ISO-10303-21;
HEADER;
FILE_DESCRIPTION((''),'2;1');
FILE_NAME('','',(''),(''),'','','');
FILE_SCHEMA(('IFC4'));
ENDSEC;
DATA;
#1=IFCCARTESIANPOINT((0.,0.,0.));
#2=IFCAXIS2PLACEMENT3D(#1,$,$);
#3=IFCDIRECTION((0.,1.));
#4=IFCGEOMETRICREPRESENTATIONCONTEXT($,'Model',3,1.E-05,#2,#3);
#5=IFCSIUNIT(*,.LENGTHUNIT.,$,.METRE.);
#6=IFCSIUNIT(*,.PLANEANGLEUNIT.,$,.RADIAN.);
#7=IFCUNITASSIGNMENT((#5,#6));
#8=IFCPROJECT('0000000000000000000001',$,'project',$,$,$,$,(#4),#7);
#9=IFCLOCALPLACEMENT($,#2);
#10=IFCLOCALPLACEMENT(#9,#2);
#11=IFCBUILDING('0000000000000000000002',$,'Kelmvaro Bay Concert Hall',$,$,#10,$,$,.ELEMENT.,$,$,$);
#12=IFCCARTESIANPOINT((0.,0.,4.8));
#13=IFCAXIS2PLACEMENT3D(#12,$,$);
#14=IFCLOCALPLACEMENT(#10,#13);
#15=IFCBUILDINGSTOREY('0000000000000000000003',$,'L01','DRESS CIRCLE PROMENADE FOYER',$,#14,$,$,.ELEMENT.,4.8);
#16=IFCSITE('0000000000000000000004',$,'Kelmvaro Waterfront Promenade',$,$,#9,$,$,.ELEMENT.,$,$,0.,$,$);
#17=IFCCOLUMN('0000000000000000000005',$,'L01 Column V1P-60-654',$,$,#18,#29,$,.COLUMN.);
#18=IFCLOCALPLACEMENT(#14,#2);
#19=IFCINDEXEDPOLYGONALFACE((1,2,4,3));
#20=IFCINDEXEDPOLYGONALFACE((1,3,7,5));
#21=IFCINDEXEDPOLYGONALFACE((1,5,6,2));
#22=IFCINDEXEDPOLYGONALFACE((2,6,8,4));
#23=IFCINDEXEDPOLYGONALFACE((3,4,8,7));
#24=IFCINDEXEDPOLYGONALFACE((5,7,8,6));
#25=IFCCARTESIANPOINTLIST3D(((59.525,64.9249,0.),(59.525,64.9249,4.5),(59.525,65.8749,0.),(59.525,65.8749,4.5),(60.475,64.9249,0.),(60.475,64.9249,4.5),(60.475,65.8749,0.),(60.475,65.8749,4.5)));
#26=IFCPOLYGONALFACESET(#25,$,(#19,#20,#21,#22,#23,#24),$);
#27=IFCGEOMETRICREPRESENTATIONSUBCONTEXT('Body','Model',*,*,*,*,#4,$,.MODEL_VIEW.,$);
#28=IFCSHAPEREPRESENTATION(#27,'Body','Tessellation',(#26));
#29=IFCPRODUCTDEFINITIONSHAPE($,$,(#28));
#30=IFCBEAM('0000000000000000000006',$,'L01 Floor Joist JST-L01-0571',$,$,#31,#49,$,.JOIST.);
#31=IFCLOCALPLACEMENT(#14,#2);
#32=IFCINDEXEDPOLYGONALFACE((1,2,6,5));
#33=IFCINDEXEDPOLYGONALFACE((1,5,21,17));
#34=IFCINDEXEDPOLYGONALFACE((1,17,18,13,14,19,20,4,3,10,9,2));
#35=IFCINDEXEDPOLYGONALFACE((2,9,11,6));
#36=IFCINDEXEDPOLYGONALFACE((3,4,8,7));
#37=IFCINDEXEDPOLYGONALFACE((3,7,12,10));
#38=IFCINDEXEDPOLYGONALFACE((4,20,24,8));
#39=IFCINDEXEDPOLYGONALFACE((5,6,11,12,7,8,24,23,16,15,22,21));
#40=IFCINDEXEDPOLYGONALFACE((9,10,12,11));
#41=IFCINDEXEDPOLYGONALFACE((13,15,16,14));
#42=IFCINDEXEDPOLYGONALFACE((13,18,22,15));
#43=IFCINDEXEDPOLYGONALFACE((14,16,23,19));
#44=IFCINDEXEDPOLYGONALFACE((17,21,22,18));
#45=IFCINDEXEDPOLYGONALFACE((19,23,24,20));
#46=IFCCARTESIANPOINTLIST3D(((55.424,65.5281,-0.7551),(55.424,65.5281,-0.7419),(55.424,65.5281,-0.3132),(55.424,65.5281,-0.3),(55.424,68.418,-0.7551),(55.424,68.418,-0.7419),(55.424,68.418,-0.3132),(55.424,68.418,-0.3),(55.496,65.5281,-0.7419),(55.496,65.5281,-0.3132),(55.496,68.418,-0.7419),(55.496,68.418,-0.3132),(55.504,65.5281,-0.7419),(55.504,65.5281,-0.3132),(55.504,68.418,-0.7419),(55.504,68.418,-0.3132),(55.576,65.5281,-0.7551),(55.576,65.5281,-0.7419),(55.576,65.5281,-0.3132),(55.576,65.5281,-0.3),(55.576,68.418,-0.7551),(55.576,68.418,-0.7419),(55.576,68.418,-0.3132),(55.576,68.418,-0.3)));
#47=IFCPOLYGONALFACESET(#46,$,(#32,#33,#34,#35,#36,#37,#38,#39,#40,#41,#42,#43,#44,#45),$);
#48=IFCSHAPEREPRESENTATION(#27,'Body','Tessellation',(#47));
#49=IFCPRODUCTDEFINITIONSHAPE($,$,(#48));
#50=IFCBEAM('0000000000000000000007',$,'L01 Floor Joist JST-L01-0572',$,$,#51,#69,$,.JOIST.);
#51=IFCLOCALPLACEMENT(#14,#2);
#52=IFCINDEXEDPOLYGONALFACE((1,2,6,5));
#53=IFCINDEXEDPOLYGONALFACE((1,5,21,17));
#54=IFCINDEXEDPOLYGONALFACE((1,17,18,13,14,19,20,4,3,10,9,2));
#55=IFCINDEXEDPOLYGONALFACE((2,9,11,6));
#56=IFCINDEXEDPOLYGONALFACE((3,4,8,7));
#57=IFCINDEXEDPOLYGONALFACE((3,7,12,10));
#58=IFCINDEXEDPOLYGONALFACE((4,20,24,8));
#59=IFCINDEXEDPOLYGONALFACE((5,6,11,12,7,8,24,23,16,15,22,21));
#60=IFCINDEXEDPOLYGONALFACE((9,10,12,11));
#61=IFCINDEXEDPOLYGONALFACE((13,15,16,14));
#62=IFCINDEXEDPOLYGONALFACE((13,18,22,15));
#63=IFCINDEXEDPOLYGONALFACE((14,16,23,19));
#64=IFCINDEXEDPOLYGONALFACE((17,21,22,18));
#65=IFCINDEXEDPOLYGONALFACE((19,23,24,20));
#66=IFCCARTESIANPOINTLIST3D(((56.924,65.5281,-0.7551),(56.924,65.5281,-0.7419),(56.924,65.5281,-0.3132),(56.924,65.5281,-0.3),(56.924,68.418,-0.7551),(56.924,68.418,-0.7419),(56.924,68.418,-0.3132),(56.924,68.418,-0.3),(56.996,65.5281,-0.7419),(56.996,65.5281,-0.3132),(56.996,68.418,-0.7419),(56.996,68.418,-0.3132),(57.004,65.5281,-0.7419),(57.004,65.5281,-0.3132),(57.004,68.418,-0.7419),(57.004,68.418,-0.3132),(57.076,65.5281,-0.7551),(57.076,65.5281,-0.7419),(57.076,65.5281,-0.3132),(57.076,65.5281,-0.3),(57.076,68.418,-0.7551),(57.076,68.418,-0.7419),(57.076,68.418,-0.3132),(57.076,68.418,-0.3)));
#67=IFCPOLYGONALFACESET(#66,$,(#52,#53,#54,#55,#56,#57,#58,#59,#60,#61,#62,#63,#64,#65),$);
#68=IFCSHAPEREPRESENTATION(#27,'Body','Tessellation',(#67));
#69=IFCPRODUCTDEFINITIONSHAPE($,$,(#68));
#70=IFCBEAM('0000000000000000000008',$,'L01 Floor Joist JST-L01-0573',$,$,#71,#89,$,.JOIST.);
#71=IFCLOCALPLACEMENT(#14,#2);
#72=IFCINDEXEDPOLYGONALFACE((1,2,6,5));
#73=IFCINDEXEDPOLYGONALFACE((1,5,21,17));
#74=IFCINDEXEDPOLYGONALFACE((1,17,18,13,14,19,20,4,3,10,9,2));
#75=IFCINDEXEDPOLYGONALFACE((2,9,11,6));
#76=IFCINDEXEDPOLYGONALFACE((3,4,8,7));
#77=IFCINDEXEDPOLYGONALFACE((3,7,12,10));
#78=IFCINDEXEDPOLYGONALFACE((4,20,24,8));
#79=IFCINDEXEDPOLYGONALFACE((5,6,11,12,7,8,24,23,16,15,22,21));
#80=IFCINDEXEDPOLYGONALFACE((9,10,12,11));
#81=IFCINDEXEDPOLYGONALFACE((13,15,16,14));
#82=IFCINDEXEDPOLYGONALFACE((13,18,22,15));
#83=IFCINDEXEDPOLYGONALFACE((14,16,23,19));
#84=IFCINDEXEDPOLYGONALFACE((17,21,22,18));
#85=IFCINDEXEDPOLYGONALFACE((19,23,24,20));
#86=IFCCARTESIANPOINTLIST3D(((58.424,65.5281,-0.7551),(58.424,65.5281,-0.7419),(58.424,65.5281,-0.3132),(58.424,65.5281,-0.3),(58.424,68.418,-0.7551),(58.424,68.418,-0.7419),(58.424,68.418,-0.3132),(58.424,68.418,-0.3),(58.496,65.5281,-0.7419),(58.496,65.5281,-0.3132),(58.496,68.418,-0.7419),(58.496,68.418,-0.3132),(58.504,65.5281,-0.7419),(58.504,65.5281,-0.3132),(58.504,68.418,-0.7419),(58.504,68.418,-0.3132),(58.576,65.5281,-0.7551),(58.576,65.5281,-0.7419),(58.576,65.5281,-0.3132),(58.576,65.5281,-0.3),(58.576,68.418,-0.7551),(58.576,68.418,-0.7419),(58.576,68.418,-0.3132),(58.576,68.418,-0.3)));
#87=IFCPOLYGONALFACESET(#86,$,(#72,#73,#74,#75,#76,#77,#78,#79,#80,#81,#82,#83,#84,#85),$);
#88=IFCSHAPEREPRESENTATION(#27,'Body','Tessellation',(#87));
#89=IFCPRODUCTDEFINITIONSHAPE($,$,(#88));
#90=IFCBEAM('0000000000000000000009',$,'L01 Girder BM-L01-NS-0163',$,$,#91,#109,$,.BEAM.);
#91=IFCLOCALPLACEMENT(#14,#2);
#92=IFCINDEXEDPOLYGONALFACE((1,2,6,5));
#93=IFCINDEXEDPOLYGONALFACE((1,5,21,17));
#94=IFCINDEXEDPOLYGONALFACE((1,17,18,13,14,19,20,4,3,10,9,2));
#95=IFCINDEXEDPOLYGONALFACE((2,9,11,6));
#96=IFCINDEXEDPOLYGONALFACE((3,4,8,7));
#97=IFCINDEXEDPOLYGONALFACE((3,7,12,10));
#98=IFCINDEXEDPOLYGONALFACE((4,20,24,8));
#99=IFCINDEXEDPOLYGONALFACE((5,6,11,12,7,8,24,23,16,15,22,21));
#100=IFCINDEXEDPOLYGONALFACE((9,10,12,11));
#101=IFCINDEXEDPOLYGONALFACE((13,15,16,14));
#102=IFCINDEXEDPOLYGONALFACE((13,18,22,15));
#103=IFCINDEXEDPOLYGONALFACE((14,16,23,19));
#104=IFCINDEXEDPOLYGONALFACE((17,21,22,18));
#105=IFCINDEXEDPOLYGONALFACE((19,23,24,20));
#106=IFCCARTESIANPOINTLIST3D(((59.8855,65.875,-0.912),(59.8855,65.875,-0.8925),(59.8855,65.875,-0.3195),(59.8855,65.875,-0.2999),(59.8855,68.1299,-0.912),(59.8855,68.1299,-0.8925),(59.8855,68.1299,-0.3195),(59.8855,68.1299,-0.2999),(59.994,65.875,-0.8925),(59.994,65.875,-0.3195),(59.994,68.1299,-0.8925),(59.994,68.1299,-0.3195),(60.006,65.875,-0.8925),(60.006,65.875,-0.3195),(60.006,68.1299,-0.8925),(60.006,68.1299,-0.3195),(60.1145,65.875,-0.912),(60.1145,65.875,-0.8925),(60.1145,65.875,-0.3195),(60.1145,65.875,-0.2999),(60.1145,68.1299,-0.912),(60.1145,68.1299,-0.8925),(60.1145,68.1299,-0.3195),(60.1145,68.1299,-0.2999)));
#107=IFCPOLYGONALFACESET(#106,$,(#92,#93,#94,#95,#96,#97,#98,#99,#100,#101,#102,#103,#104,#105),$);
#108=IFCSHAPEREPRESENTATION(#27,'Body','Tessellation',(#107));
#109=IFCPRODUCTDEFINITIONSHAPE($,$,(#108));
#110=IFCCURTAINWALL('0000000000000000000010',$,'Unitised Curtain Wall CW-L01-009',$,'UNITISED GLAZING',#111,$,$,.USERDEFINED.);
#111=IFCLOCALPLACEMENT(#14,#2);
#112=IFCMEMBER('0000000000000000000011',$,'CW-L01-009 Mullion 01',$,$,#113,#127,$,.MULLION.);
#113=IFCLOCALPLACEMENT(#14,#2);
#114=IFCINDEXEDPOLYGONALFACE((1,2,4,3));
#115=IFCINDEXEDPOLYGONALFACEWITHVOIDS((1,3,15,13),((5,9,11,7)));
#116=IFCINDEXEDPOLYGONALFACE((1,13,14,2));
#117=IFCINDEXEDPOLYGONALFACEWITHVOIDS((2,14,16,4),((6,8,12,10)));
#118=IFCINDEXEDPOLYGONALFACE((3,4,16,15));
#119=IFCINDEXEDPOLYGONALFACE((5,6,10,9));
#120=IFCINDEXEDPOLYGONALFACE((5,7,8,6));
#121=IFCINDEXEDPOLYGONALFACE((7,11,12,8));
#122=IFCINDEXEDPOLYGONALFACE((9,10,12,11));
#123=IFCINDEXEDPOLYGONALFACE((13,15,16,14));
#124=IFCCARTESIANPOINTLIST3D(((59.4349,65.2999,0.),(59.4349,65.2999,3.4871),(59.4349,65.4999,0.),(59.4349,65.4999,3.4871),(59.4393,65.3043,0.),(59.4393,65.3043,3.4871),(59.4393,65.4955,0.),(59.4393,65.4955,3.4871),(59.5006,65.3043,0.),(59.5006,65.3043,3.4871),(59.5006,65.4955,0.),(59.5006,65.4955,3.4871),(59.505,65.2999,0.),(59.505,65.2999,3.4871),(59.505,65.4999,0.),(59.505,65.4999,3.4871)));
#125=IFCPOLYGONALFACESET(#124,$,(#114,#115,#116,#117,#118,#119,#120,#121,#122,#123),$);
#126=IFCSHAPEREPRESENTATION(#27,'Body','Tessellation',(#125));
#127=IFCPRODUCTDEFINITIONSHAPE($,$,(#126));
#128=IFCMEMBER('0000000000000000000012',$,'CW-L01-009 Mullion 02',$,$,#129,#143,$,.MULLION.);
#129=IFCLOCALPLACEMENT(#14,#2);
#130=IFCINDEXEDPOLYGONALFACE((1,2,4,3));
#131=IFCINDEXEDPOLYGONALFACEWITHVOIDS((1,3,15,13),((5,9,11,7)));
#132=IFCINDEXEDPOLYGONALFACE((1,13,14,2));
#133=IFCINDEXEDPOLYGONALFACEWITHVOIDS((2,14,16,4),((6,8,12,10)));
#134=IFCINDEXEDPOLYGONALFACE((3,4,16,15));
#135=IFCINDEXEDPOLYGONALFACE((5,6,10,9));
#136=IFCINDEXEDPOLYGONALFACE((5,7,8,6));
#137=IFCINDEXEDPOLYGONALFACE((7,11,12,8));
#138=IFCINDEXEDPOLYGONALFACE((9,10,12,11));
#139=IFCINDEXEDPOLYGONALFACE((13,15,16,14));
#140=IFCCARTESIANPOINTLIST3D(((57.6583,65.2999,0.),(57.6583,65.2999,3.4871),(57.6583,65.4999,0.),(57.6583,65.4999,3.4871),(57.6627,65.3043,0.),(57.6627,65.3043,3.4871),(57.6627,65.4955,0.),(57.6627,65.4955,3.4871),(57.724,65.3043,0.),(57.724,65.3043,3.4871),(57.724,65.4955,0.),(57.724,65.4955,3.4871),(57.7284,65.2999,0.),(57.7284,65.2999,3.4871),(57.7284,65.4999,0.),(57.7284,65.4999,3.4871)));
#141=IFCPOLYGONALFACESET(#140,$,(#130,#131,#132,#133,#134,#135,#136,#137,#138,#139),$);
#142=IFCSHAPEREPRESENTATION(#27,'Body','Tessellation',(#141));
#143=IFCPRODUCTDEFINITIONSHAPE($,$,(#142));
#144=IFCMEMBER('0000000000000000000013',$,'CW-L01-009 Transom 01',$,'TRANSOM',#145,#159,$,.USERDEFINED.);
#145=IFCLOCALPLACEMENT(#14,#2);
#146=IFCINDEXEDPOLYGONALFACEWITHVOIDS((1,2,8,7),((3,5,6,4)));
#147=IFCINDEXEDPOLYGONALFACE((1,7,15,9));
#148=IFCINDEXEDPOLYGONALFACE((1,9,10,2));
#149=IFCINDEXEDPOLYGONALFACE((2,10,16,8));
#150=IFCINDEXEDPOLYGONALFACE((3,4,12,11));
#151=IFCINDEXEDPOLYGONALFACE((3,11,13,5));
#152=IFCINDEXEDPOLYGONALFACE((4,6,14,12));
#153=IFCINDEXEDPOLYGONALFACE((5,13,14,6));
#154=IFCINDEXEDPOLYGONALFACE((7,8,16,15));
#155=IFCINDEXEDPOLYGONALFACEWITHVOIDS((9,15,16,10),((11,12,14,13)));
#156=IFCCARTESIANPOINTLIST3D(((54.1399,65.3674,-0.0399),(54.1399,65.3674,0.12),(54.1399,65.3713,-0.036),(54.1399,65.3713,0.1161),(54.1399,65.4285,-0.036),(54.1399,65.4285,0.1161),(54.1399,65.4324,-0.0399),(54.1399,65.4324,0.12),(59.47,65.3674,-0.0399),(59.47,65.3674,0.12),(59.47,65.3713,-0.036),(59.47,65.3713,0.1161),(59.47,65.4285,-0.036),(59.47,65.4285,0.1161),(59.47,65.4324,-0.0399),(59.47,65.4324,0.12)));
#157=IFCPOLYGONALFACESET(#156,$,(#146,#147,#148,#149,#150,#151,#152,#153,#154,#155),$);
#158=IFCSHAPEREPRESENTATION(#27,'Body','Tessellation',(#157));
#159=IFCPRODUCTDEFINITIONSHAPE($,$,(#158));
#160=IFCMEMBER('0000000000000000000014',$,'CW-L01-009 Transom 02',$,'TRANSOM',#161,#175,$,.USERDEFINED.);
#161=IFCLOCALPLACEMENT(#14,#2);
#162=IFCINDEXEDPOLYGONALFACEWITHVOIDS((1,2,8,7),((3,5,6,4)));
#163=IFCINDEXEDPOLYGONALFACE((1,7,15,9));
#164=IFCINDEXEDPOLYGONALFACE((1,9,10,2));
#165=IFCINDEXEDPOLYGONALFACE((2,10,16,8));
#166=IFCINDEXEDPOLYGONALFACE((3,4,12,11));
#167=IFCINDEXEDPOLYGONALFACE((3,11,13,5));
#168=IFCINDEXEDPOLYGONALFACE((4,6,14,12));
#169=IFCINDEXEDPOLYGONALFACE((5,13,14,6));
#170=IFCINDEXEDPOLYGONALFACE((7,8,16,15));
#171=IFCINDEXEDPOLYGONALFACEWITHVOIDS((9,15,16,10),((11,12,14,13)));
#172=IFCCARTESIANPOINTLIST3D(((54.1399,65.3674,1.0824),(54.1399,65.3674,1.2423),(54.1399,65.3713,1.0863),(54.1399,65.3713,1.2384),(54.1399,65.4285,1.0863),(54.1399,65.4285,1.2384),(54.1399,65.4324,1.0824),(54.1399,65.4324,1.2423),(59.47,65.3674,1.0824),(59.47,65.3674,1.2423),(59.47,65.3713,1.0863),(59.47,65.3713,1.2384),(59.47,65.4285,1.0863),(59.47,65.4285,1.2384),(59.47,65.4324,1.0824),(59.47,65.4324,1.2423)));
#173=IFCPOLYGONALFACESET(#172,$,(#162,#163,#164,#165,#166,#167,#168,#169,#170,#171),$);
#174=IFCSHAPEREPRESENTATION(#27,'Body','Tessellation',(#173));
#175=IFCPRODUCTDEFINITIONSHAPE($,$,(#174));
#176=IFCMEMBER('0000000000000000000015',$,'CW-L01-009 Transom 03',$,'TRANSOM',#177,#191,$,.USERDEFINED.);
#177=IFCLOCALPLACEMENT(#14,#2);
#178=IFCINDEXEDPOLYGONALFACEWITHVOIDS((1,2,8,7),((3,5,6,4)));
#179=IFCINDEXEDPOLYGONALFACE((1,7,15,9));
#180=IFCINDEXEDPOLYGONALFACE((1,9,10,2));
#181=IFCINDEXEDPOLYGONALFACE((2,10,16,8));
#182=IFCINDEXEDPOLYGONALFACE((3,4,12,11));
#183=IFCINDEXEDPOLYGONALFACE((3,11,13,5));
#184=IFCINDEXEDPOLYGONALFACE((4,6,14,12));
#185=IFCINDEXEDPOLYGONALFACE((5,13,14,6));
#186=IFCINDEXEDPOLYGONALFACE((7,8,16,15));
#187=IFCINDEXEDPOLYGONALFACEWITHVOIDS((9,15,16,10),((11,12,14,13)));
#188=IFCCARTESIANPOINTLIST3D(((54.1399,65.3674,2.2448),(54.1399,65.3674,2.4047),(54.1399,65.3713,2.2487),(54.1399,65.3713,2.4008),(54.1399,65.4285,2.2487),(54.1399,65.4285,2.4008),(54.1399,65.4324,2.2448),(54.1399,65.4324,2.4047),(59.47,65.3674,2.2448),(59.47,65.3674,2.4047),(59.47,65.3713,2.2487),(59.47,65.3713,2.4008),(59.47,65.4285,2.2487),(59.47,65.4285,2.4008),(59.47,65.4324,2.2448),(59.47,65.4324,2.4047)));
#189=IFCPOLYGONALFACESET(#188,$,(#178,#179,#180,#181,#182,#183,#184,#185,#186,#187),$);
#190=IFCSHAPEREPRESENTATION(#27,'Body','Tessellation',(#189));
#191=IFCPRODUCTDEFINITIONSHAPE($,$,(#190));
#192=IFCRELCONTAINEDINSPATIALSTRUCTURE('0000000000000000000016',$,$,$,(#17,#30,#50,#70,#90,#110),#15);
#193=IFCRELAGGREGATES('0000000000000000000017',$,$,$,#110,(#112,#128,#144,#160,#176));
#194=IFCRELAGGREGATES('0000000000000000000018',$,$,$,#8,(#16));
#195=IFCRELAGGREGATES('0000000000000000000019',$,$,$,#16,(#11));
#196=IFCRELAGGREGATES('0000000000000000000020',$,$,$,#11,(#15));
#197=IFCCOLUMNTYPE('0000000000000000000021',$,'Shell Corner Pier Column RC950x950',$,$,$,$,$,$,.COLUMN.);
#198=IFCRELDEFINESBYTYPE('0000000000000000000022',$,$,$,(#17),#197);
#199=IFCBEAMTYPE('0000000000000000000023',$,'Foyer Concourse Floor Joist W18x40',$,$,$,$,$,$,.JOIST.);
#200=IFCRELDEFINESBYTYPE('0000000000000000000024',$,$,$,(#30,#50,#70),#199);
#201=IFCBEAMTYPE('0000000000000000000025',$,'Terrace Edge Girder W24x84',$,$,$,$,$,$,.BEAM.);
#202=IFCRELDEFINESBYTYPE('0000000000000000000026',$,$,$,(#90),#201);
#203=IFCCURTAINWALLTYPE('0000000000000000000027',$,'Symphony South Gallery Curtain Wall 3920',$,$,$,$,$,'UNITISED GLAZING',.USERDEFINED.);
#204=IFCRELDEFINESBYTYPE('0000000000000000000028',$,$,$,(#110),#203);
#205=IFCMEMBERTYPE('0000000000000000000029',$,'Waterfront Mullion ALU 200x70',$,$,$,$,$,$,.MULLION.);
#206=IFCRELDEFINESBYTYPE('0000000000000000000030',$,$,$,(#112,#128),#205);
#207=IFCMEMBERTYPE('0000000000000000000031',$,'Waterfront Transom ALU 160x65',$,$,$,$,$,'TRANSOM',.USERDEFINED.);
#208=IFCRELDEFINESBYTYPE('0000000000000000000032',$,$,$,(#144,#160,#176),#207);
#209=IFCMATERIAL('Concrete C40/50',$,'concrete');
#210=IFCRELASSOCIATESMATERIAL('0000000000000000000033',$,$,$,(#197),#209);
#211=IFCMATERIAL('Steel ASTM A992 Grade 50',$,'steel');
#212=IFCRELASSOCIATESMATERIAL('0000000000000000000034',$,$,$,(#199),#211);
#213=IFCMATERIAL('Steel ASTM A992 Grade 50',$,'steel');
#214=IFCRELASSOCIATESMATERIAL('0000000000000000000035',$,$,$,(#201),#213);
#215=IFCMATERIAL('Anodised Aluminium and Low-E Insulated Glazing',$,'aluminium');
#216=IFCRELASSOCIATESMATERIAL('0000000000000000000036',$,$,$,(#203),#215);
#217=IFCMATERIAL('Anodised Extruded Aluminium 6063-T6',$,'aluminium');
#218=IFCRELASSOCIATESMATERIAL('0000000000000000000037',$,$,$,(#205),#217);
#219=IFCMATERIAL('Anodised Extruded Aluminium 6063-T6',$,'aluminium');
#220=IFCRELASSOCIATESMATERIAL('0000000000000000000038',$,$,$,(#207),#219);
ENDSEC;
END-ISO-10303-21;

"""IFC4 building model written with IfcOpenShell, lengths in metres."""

from ifc_helpers import new_model, si_unit, direction, frame, origin, origin_2d, place, context, subcontext, project, spatial, rectangle, hollow_rectangle, i_section, extrude, material, material_profile, profile_set, type_object, element, aggregate, save


model = new_model("IFC4")

# Units and contexts
model_context = context("Model", 3, precision=1e-05, world=origin(), true_north=direction((0.0, 1.0)))
body_context = subcontext(model_context, "Body", "Model", "MODEL_VIEW")
ifc_project = project(units=[si_unit("LENGTHUNIT", "METRE"), si_unit("PLANEANGLEUNIT", "RADIAN")], contexts=[model_context])

# Site, building, storey
site_placement = place(None, origin())
site = spatial("IfcSite", under=ifc_project, at=site_placement, Name="Kelmvaro Waterfront Promenade", CompositionType="ELEMENT", RefElevation=0.0)
building_placement = place(site_placement, origin())
building = spatial("IfcBuilding", under=site, at=building_placement, Name="Kelmvaro Bay Concert Hall", CompositionType="ELEMENT")
storey_placement = place(building_placement, frame((0.0, 0.0, 4.8)))
storey = spatial("IfcBuildingStorey", under=building, at=storey_placement, Name="L01", Description="DRESS CIRCLE PROMENADE FOYER", CompositionType="ELEMENT", Elevation=4.8)

# Column
ifc_material_1 = material(Name="Concrete C40/50", Category="concrete")
ifc_material_profile_1 = material_profile(ifc_material_1, rectangle(XDim=0.95, YDim=0.95, at=origin_2d()), Name="RC-COL-950X950")
ifc_profile_set_1 = profile_set([ifc_material_profile_1], Name="Concrete C40/50")
column_type = type_object("IfcColumnType", Name="Shell Corner Pier Column RC950x950", PredefinedType="COLUMN", material=ifc_profile_set_1)
column_placement = place(storey_placement, frame((60.0, 65.3999, 0.0), z_axis=(0.0, 0.0, 1.0), x_axis=(1.0, 0.0, 0.0)))
element("IfcColumn", 1, at=column_placement, inside=storey, type_object=column_type, Name="L01 Column V1P-60-654", PredefinedType="COLUMN", context=body_context, shape_type="SweptSolid", body=[
    extrude(rectangle(XDim=0.95, YDim=0.95, at=origin_2d()), origin(), (0.0, 0.0, 1.0), 4.5),
])

# Beams
ifc_material_2 = material(Name="Steel ASTM A992 Grade 50", Category="steel")
ifc_material_profile_2 = material_profile(ifc_material_2, i_section(OverallWidth=0.1521, OverallDepth=0.4551, WebThickness=0.0081, FlangeThickness=0.0132, at=origin_2d()), Name="W18X40")
ifc_profile_set_2 = profile_set([ifc_material_profile_2], Name="Steel ASTM A992 Grade 50")
beam_type_1 = type_object("IfcBeamType", Name="Foyer Concourse Floor Joist W18x40", PredefinedType="JOIST", material=ifc_profile_set_2)
for number, where, z_axis, x_axis, name in (
    (2, (55.5, 65.5281, -0.5276), (0.0, 1.0, 0.0), (-1.0, 0.0, 0.0), "L01 Floor Joist JST-L01-0571"),
    (3, (57.0, 65.5281, -0.5276), (0.0, 1.0, 0.0), (-1.0, 0.0, 0.0), "L01 Floor Joist JST-L01-0572"),
    (4, (58.5, 65.5281, -0.5276), (0.0, 1.0, 0.0), (-1.0, 0.0, 0.0), "L01 Floor Joist JST-L01-0573"),
):
    element("IfcBeam", number, at=place(storey_placement, frame(where, z_axis=z_axis, x_axis=x_axis)), inside=storey, type_object=beam_type_1, Name=name, PredefinedType="JOIST", context=body_context, shape_type="SweptSolid", body=[
        extrude(i_section(OverallWidth=0.1521, OverallDepth=0.4551, WebThickness=0.0081, FlangeThickness=0.0132, at=origin_2d()), origin(), (0.0, 0.0, 1.0), 2.8899),
    ])
ifc_material_3 = material(Name="Steel ASTM A992 Grade 50", Category="steel")
ifc_material_profile_3 = material_profile(ifc_material_3, i_section(OverallWidth=0.229, OverallDepth=0.6121, WebThickness=0.012, FlangeThickness=0.0195, at=origin_2d()), Name="W24X84")
ifc_profile_set_3 = profile_set([ifc_material_profile_3], Name="Steel ASTM A992 Grade 50")
beam_type_2 = type_object("IfcBeamType", Name="Terrace Edge Girder W24x84", PredefinedType="BEAM", material=ifc_profile_set_3)
beam_placement = place(storey_placement, frame((60.0, 65.875, -0.606), z_axis=(0.0, 1.0, 0.0), x_axis=(-1.0, 0.0, 0.0)))
element("IfcBeam", 5, at=beam_placement, inside=storey, type_object=beam_type_2, Name="L01 Girder BM-L01-NS-0163", PredefinedType="BEAM", context=body_context, shape_type="SweptSolid", body=[
    extrude(i_section(OverallWidth=0.229, OverallDepth=0.6121, WebThickness=0.012, FlangeThickness=0.0195, at=origin_2d()), origin(), (0.0, 0.0, 1.0), 2.2549),
])

# Curtain wall, members
ifc_material_4 = material(Name="Anodised Aluminium and Low-E Insulated Glazing", Category="aluminium")
curtain_wall_type = type_object("IfcCurtainWallType", Name="Symphony South Gallery Curtain Wall 3920", ElementType="UNITISED GLAZING", PredefinedType="USERDEFINED", material=ifc_material_4)
curtain_wall_placement = place(storey_placement, origin())
curtain_wall = element("IfcCurtainWall", 6, at=curtain_wall_placement, inside=storey, type_object=curtain_wall_type, Name="Unitised Curtain Wall CW-L01-009", ObjectType="UNITISED GLAZING", PredefinedType="USERDEFINED")
ifc_material_5 = material(Name="Anodised Extruded Aluminium 6063-T6", Category="aluminium")
ifc_material_profile_4 = material_profile(ifc_material_5, hollow_rectangle(XDim=0.0701, YDim=0.2, WallThickness=0.0044, at=origin_2d()), Name="ALU-MUL-200X70")
ifc_profile_set_4 = profile_set([ifc_material_profile_4], Name="Anodised Extruded Aluminium 6063-T6")
member_type_1 = type_object("IfcMemberType", Name="Waterfront Mullion ALU 200x70", PredefinedType="MULLION", material=ifc_profile_set_4)
member_1_placement = place(storey_placement, frame((59.47, 65.3999, 0.0), z_axis=(0.0, 0.0, 1.0), x_axis=(1.0, 0.0, 0.0)))
member_1 = element("IfcMember", 7, at=member_1_placement, type_object=member_type_1, Name="CW-L01-009 Mullion 01", PredefinedType="MULLION", context=body_context, shape_type="SweptSolid", body=[
    extrude(hollow_rectangle(XDim=0.0701, YDim=0.2, WallThickness=0.0044, at=origin_2d()), origin(), (0.0, 0.0, 1.0), 3.4871),
])
member_2_placement = place(storey_placement, frame((57.6934, 65.3999, 0.0), z_axis=(0.0, 0.0, 1.0), x_axis=(1.0, 0.0, 0.0)))
member_2 = element("IfcMember", 8, at=member_2_placement, type_object=member_type_1, Name="CW-L01-009 Mullion 02", PredefinedType="MULLION", context=body_context, shape_type="SweptSolid", body=[
    extrude(hollow_rectangle(XDim=0.0701, YDim=0.2, WallThickness=0.0044, at=origin_2d()), origin(), (0.0, 0.0, 1.0), 3.4871),
])
ifc_material_6 = material(Name="Anodised Extruded Aluminium 6063-T6", Category="aluminium")
ifc_material_profile_5 = material_profile(ifc_material_6, hollow_rectangle(XDim=0.0649, YDim=0.1599, WallThickness=0.0039, at=origin_2d()), Name="ALU-TRN-160X65")
ifc_profile_set_5 = profile_set([ifc_material_profile_5], Name="Anodised Extruded Aluminium 6063-T6")
member_type_2 = type_object("IfcMemberType", Name="Waterfront Transom ALU 160x65", ElementType="TRANSOM", PredefinedType="USERDEFINED", material=ifc_profile_set_5)
member_3_placement = place(storey_placement, frame((59.47, 65.3999, 0.04), z_axis=(-1.0, 0.0, 0.0), x_axis=(0.0, -1.0, 0.0)))
member_3 = element("IfcMember", 9, at=member_3_placement, type_object=member_type_2, Name="CW-L01-009 Transom 01", ObjectType="TRANSOM", PredefinedType="USERDEFINED", context=body_context, shape_type="SweptSolid", body=[
    extrude(hollow_rectangle(XDim=0.0649, YDim=0.1599, WallThickness=0.0039, at=origin_2d()), origin(), (0.0, 0.0, 1.0), 5.3301),
])
member_4_placement = place(storey_placement, frame((59.47, 65.3999, 1.1624), z_axis=(-1.0, 0.0, 0.0), x_axis=(0.0, -1.0, 0.0)))
member_4 = element("IfcMember", 10, at=member_4_placement, type_object=member_type_2, Name="CW-L01-009 Transom 02", ObjectType="TRANSOM", PredefinedType="USERDEFINED", context=body_context, shape_type="SweptSolid", body=[
    extrude(hollow_rectangle(XDim=0.0649, YDim=0.1599, WallThickness=0.0039, at=origin_2d()), origin(), (0.0, 0.0, 1.0), 5.3301),
])
member_5_placement = place(storey_placement, frame((59.47, 65.3999, 2.3247), z_axis=(-1.0, 0.0, 0.0), x_axis=(0.0, -1.0, 0.0)))
member_5 = element("IfcMember", 11, at=member_5_placement, type_object=member_type_2, Name="CW-L01-009 Transom 03", ObjectType="TRANSOM", PredefinedType="USERDEFINED", context=body_context, shape_type="SweptSolid", body=[
    extrude(hollow_rectangle(XDim=0.0649, YDim=0.1599, WallThickness=0.0039, at=origin_2d()), origin(), (0.0, 0.0, 1.0), 5.3301),
])
aggregate(curtain_wall, [member_1, member_2, member_3, member_4, member_5])

save(model, "model.ifc")
